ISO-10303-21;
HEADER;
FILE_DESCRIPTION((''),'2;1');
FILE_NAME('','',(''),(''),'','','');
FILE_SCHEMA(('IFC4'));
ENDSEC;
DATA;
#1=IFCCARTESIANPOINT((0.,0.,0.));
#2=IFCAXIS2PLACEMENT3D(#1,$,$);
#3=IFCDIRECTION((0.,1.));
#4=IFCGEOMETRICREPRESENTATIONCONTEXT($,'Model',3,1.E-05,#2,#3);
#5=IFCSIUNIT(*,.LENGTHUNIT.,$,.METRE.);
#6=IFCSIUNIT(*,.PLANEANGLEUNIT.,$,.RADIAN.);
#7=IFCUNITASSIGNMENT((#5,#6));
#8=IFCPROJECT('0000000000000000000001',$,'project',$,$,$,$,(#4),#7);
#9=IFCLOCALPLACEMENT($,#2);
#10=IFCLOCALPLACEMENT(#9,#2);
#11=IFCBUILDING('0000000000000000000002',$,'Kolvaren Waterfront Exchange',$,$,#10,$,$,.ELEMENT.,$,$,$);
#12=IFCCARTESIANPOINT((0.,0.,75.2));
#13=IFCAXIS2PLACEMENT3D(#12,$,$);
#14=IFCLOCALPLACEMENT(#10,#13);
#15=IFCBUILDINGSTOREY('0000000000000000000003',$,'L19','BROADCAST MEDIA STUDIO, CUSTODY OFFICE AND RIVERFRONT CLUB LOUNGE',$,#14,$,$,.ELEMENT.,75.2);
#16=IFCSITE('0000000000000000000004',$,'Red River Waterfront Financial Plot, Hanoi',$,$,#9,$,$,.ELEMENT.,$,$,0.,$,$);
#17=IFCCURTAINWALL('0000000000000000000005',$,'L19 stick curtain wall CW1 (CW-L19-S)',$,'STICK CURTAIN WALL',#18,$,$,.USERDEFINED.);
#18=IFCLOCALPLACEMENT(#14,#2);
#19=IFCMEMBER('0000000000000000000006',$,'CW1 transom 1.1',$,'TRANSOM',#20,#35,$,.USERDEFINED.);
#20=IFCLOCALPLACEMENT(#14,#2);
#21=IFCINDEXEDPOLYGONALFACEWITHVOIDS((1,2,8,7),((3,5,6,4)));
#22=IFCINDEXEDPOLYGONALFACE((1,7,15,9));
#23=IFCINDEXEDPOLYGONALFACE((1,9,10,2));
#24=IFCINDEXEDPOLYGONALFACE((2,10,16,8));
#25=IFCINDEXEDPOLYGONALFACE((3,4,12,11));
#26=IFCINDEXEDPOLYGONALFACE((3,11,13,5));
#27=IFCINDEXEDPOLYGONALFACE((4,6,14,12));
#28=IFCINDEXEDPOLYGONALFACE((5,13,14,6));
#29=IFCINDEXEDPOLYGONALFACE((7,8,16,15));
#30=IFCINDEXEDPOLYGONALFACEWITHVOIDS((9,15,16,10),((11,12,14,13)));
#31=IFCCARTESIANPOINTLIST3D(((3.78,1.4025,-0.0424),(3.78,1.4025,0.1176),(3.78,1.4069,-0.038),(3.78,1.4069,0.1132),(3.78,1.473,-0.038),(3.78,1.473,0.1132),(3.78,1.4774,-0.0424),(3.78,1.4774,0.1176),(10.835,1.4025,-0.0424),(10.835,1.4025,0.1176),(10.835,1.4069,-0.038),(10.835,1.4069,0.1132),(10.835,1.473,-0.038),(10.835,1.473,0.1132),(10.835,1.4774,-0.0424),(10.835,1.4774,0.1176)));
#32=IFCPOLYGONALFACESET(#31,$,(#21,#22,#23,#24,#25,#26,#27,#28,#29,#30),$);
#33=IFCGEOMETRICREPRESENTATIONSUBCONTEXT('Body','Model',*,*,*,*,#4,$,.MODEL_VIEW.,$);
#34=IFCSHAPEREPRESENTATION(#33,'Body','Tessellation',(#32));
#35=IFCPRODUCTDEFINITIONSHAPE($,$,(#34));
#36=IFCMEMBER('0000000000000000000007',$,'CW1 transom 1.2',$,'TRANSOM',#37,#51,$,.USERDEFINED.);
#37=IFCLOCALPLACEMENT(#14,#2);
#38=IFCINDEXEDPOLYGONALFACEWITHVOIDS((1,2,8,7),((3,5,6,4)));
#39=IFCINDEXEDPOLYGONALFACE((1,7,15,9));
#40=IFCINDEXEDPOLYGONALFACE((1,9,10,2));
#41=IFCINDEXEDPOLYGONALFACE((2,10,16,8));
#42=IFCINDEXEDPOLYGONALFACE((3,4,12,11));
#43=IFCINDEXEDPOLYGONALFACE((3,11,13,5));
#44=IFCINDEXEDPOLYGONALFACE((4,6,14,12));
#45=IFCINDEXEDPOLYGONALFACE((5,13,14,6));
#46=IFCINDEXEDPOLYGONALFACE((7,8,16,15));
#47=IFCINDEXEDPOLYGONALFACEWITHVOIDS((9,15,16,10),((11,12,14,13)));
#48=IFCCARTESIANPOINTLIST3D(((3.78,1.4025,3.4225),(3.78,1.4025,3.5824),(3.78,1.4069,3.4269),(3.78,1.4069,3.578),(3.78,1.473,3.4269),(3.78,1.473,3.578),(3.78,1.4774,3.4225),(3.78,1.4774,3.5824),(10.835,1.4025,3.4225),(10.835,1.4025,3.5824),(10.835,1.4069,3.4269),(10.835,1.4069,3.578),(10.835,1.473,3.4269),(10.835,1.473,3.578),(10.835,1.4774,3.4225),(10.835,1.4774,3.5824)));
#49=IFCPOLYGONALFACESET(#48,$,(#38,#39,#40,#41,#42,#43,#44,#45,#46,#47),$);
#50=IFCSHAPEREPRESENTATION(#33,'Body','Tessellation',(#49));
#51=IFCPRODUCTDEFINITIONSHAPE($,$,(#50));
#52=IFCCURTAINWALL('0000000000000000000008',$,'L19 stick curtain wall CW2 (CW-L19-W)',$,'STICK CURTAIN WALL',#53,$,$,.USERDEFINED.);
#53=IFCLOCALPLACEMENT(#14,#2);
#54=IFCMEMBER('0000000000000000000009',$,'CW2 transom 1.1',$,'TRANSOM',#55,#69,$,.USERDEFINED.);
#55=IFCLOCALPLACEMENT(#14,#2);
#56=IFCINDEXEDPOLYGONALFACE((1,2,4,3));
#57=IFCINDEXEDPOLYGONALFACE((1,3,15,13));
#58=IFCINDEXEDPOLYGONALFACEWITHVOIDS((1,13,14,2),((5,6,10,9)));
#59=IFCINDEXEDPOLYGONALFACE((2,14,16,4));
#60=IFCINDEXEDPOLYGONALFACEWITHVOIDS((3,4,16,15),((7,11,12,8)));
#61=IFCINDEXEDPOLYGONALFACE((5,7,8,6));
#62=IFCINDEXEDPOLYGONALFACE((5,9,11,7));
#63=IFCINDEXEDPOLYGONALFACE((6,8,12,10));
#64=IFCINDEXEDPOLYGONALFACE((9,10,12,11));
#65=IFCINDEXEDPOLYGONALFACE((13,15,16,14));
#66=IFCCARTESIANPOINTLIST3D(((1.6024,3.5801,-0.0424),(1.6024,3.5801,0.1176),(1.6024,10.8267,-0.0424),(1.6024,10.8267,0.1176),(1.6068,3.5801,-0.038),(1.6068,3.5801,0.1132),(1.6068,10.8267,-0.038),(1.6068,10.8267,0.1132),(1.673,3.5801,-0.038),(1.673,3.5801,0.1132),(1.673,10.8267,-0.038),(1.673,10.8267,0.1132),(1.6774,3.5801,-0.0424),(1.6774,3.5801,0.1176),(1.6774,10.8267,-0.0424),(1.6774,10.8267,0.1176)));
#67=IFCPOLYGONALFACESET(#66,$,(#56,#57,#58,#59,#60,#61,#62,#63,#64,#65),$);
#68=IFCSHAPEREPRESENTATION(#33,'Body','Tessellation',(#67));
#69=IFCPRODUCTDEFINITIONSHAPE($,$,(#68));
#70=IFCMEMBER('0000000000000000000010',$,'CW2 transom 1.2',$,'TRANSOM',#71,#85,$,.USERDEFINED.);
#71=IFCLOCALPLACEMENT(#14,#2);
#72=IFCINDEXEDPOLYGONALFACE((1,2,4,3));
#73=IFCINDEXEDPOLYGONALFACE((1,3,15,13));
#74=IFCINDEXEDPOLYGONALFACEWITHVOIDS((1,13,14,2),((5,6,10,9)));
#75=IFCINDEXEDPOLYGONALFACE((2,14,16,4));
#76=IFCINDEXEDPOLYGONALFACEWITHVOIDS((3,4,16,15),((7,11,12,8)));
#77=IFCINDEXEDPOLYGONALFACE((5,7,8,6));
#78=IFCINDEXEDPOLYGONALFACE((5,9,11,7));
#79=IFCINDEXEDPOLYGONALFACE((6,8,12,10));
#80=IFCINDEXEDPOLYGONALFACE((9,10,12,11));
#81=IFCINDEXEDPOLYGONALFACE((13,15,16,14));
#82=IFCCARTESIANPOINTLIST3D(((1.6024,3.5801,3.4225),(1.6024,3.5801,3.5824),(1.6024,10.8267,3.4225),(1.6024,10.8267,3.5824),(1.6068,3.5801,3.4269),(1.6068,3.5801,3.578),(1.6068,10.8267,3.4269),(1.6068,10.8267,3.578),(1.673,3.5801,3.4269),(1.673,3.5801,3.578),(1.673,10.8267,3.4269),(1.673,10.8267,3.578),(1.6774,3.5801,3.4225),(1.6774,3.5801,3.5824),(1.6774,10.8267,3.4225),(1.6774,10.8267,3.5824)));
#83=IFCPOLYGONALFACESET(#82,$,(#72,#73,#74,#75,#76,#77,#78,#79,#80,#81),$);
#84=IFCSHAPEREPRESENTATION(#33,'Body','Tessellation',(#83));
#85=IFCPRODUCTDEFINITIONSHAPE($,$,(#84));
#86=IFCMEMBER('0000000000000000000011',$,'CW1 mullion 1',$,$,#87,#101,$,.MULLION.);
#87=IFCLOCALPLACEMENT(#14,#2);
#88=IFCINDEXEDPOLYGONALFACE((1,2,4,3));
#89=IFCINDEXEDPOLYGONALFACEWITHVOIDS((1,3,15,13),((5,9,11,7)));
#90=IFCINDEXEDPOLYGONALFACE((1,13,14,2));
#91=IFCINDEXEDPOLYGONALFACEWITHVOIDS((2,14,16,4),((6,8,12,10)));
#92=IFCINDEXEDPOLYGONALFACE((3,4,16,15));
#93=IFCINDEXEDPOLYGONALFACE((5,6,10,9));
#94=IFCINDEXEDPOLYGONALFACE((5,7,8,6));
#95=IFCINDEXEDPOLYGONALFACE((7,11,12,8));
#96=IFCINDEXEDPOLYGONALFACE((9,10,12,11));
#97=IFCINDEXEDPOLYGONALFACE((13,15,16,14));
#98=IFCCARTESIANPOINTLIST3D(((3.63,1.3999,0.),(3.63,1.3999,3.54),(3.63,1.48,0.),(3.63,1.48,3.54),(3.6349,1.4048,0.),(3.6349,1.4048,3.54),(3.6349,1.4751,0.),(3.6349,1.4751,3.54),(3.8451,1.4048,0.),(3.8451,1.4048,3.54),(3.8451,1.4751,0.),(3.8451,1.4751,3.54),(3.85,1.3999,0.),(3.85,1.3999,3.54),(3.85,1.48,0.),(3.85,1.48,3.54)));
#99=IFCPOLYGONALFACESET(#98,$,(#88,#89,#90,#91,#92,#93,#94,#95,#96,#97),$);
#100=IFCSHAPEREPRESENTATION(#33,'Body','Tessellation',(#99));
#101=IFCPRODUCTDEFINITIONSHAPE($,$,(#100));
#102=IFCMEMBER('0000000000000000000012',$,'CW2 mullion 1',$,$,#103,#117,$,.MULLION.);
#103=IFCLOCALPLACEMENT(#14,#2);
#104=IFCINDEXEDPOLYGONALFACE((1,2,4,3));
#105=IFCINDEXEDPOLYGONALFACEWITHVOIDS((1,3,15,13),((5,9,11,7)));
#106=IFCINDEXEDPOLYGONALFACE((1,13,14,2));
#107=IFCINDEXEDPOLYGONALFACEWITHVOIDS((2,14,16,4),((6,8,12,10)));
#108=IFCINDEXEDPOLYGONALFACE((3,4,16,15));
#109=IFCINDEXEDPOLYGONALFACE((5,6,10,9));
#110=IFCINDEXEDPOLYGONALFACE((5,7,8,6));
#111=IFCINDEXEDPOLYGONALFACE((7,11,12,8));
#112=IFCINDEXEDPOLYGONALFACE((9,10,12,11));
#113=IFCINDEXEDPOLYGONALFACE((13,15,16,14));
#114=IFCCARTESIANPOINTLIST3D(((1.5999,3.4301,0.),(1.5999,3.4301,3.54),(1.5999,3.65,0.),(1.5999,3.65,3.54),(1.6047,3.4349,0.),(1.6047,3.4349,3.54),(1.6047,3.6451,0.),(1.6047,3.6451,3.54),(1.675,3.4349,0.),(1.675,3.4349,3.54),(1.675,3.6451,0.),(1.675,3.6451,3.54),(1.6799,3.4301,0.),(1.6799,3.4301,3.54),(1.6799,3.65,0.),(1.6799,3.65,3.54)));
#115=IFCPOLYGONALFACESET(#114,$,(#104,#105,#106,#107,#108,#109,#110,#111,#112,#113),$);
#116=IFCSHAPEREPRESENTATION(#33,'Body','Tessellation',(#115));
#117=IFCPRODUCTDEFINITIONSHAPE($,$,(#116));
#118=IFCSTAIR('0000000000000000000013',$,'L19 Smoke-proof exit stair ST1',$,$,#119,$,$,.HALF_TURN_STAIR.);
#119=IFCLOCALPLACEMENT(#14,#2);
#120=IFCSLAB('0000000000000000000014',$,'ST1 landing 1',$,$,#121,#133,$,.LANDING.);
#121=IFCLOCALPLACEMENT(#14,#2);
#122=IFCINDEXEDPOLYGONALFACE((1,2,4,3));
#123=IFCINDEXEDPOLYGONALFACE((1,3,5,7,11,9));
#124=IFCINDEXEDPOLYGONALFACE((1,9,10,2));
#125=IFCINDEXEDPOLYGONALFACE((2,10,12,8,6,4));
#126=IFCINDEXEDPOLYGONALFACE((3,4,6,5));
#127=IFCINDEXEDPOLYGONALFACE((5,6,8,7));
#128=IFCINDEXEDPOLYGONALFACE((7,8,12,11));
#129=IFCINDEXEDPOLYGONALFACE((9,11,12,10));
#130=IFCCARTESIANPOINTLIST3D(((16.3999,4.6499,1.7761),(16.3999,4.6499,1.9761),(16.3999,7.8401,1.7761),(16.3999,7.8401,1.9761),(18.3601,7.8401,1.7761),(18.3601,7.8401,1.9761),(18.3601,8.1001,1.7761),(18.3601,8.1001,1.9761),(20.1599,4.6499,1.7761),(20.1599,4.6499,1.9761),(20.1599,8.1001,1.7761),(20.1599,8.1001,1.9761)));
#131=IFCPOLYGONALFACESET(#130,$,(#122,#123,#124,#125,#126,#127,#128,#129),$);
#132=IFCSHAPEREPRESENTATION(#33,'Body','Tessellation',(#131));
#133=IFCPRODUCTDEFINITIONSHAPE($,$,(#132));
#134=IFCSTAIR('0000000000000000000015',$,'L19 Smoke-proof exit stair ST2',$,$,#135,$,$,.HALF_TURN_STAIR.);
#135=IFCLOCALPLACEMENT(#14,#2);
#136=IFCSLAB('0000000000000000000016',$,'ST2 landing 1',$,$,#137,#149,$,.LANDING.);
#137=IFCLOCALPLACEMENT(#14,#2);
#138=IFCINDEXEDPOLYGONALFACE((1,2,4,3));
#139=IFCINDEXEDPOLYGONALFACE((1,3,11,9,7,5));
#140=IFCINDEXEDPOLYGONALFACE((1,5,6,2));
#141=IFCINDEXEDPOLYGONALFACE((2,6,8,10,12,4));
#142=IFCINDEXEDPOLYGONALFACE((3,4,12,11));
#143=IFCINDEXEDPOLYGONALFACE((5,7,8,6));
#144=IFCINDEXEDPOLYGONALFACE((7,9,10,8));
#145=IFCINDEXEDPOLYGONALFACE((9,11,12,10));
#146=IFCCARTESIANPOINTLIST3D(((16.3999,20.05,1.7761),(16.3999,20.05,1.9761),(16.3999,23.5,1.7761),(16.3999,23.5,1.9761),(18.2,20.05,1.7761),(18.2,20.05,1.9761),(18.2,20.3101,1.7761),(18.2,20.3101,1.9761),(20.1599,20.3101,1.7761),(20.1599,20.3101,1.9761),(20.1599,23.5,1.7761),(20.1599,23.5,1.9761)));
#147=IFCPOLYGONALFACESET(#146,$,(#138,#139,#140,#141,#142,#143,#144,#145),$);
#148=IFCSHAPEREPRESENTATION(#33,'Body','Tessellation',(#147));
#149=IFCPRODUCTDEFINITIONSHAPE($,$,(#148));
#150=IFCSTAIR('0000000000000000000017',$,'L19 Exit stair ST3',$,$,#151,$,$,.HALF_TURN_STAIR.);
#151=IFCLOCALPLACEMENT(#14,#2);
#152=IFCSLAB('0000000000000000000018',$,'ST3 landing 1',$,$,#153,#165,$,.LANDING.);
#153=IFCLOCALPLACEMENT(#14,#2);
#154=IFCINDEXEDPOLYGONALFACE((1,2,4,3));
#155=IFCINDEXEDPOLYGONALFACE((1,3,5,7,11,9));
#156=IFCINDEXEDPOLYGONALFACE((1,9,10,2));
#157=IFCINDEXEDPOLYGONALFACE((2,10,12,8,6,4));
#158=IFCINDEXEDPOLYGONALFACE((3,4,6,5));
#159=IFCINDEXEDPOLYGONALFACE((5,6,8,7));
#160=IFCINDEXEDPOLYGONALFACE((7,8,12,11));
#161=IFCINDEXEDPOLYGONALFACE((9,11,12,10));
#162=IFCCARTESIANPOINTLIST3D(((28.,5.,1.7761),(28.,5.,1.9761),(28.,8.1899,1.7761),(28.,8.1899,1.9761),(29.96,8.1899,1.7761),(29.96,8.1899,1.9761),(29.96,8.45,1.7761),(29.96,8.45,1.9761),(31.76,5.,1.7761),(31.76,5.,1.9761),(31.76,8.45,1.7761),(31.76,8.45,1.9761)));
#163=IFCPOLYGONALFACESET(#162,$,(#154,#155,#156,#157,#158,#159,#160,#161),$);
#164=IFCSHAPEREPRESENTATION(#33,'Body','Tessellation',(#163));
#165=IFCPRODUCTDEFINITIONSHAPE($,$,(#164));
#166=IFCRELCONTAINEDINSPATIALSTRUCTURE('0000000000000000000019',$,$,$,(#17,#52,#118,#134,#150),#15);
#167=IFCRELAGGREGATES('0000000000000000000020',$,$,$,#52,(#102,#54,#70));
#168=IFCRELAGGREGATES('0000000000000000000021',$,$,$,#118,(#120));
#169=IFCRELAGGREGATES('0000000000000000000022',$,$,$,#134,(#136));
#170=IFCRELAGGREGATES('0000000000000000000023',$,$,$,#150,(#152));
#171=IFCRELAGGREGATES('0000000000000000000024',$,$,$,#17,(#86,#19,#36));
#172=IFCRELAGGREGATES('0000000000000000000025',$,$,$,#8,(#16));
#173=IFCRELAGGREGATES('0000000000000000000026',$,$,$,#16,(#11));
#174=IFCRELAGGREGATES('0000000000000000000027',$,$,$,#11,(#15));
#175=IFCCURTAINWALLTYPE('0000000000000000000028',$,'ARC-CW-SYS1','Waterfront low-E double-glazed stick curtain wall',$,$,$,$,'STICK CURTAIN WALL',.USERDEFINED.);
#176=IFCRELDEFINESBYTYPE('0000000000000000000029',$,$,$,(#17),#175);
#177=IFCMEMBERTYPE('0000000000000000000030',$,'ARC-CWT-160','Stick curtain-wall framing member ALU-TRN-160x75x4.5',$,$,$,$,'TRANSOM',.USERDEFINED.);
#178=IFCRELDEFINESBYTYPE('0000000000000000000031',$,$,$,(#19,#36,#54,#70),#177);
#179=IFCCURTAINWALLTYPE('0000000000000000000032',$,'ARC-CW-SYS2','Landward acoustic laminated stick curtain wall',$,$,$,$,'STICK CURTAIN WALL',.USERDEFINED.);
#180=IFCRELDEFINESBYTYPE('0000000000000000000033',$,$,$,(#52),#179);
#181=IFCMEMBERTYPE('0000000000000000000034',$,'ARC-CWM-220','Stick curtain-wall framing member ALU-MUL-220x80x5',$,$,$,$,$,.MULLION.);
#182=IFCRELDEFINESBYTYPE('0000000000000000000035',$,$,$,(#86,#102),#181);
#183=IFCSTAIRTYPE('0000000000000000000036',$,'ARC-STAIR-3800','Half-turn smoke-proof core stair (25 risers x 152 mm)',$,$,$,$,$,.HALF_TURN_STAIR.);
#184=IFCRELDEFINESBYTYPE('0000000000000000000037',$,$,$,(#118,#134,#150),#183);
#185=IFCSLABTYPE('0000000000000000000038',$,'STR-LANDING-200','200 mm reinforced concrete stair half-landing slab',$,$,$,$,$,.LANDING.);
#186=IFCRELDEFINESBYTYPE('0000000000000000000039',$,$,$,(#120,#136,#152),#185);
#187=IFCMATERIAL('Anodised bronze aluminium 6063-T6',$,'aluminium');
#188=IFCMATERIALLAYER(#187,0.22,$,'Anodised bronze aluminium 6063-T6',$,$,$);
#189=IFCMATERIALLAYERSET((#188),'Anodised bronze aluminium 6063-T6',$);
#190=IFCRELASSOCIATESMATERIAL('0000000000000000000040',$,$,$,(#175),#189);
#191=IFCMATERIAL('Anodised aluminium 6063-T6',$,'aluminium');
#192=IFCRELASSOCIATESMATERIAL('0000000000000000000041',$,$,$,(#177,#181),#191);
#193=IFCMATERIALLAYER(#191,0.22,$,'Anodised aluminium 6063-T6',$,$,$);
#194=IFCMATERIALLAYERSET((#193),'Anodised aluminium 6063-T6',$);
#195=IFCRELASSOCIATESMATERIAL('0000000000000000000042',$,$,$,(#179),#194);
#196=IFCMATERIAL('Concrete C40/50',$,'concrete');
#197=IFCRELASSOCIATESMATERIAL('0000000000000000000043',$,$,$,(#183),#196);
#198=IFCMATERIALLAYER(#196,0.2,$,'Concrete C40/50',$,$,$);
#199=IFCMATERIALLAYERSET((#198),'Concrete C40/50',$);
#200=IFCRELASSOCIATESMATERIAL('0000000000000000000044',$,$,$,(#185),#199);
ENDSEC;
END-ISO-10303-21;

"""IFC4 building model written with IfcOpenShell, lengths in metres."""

from ifc_helpers import new_model, si_unit, direction, frame, origin, origin_with_axes, origin_2d, place, context, subcontext, project, spatial, polyline, hollow_rectangle, outline, extrude, source, transform, mapped, material, layer, layer_set, material_profile, profile_set, type_object, element, aggregate, save


model = new_model("IFC4")

# Units and contexts
model_context = context("Model", 3, precision=1e-05, world=origin(), true_north=direction((0.0, 1.0)))
body_context = subcontext(model_context, "Body", "Model", "MODEL_VIEW")
ifc_project = project(units=[si_unit("LENGTHUNIT", "METRE"), si_unit("PLANEANGLEUNIT", "RADIAN")], contexts=[model_context])

# Site, building, storey
site_placement = place(None, origin())
site = spatial("IfcSite", under=ifc_project, at=site_placement, Name="Red River Waterfront Financial Plot, Hanoi", CompositionType="ELEMENT", RefElevation=0.0)
building_placement = place(site_placement, origin())
building = spatial("IfcBuilding", under=site, at=building_placement, Name="Kolvaren Waterfront Exchange", CompositionType="ELEMENT")
storey_placement = place(building_placement, frame((0.0, 0.0, 75.2)))
storey = spatial("IfcBuildingStorey", under=building, at=storey_placement, Name="L19", Description="BROADCAST MEDIA STUDIO, CUSTODY OFFICE AND RIVERFRONT CLUB LOUNGE", CompositionType="ELEMENT", Elevation=75.2)

# Curtain walls, members
ifc_material_1 = material(Name="Anodised bronze aluminium 6063-T6", Category="aluminium")
ifc_layer_1 = layer(ifc_material_1, 0.22, Name="Anodised bronze aluminium 6063-T6")
ifc_layer_set_1 = layer_set([ifc_layer_1], Name="Anodised bronze aluminium 6063-T6")
curtain_wall_type_1 = type_object("IfcCurtainWallType", Name="ARC-CW-SYS1", Description="Waterfront low-E double-glazed stick curtain wall", ElementType="STICK CURTAIN WALL", PredefinedType="USERDEFINED", material=ifc_layer_set_1)
curtain_wall_1_placement = place(storey_placement, origin())
curtain_wall_1 = element("IfcCurtainWall", 1, at=curtain_wall_1_placement, inside=storey, type_object=curtain_wall_type_1, Name="L19 stick curtain wall CW1 (CW-L19-S)", ObjectType="STICK CURTAIN WALL", PredefinedType="USERDEFINED")
ifc_material_2 = material(Name="Anodised aluminium 6063-T6", Category="aluminium")
ifc_material_profile_1 = material_profile(ifc_material_2, hollow_rectangle(XDim=0.075, YDim=0.1599, WallThickness=0.0044, at=origin_2d()), Name="ALU-TRN-160x75x4.5")
ifc_profile_set_1 = profile_set([ifc_material_profile_1], Name="Anodised aluminium 6063-T6")
member_type_1 = type_object("IfcMemberType", Name="ARC-CWT-160", Description="Stick curtain-wall framing member ALU-TRN-160x75x4.5", ElementType="TRANSOM", PredefinedType="USERDEFINED", material=ifc_profile_set_1)
shared_shape_1 = source(origin_with_axes(), body_context, "Body", "SweptSolid", [
    extrude(hollow_rectangle(XDim=0.075, YDim=0.1599, WallThickness=0.0044, at=origin_2d()), origin(), (0.0, 0.0, 1.0), 7.0549),
])
member_1_placement = place(storey_placement, frame((3.78, 1.4399, 0.0376), z_axis=(1.0, 0.0, 0.0), x_axis=(0.0, 1.0, 0.0)))
member_1 = element("IfcMember", 2, at=member_1_placement, type_object=member_type_1, Name="CW1 transom 1.1", ObjectType="TRANSOM", PredefinedType="USERDEFINED", context=body_context, shape_type="MappedRepresentation", body=[
    mapped(shared_shape_1, transform((0.0, 0.0, 0.0), x_axis=(1.0, 0.0, 0.0), y_axis=(0.0, 1.0, 0.0), z_axis=(0.0, 0.0, 1.0), scale=1.0)),
])
member_2_placement = place(storey_placement, frame((3.78, 1.4399, 3.5024), z_axis=(1.0, 0.0, 0.0), x_axis=(0.0, 1.0, 0.0)))
member_2 = element("IfcMember", 3, at=member_2_placement, type_object=member_type_1, Name="CW1 transom 1.2", ObjectType="TRANSOM", PredefinedType="USERDEFINED", context=body_context, shape_type="MappedRepresentation", body=[
    mapped(shared_shape_1, transform((0.0, 0.0, 0.0), x_axis=(1.0, 0.0, 0.0), y_axis=(0.0, 1.0, 0.0), z_axis=(0.0, 0.0, 1.0), scale=1.0)),
])
ifc_layer_2 = layer(ifc_material_2, 0.22, Name="Anodised aluminium 6063-T6")
ifc_layer_set_2 = layer_set([ifc_layer_2], Name="Anodised aluminium 6063-T6")
curtain_wall_type_2 = type_object("IfcCurtainWallType", Name="ARC-CW-SYS2", Description="Landward acoustic laminated stick curtain wall", ElementType="STICK CURTAIN WALL", PredefinedType="USERDEFINED", material=ifc_layer_set_2)
curtain_wall_2_placement = place(storey_placement, origin())
curtain_wall_2 = element("IfcCurtainWall", 4, at=curtain_wall_2_placement, inside=storey, type_object=curtain_wall_type_2, Name="L19 stick curtain wall CW2 (CW-L19-W)", ObjectType="STICK CURTAIN WALL", PredefinedType="USERDEFINED")
shared_shape_2 = source(origin_with_axes(), body_context, "Body", "SweptSolid", [
    extrude(hollow_rectangle(XDim=0.075, YDim=0.1599, WallThickness=0.0044, at=origin_2d()), origin(), (0.0, 0.0, 1.0), 7.2466),
])
member_3_placement = place(storey_placement, frame((1.6399, 3.5801, 0.0376), z_axis=(0.0, 1.0, 0.0), x_axis=(-1.0, 0.0, 0.0)))
member_3 = element("IfcMember", 5, at=member_3_placement, type_object=member_type_1, Name="CW2 transom 1.1", ObjectType="TRANSOM", PredefinedType="USERDEFINED", context=body_context, shape_type="MappedRepresentation", body=[
    mapped(shared_shape_2, transform((0.0, 0.0, 0.0), x_axis=(1.0, 0.0, 0.0), y_axis=(0.0, 1.0, 0.0), z_axis=(0.0, 0.0, 1.0), scale=1.0)),
])
member_4_placement = place(storey_placement, frame((1.6399, 3.5801, 3.5024), z_axis=(0.0, 1.0, 0.0), x_axis=(-1.0, 0.0, 0.0)))
member_4 = element("IfcMember", 6, at=member_4_placement, type_object=member_type_1, Name="CW2 transom 1.2", ObjectType="TRANSOM", PredefinedType="USERDEFINED", context=body_context, shape_type="MappedRepresentation", body=[
    mapped(shared_shape_2, transform((0.0, 0.0, 0.0), x_axis=(1.0, 0.0, 0.0), y_axis=(0.0, 1.0, 0.0), z_axis=(0.0, 0.0, 1.0), scale=1.0)),
])

# Members
ifc_material_profile_2 = material_profile(ifc_material_2, hollow_rectangle(XDim=0.0801, YDim=0.22, WallThickness=0.0049, at=origin_2d()), Name="ALU-MUL-220x80x5")
ifc_profile_set_2 = profile_set([ifc_material_profile_2], Name="Anodised aluminium 6063-T6")
member_type_2 = type_object("IfcMemberType", Name="ARC-CWM-220", Description="Stick curtain-wall framing member ALU-MUL-220x80x5", PredefinedType="MULLION", material=ifc_profile_set_2)
shared_shape_3 = source(origin_with_axes(), body_context, "Body", "SweptSolid", [
    extrude(hollow_rectangle(XDim=0.0801, YDim=0.22, WallThickness=0.0049, at=origin_2d()), origin(), (0.0, 0.0, 1.0), 3.54),
])
member_5_placement = place(storey_placement, frame((3.74, 1.4399, 0.0), z_axis=(0.0, 0.0, 1.0), x_axis=(0.0, 1.0, 0.0)))
member_5 = element("IfcMember", 7, at=member_5_placement, type_object=member_type_2, Name="CW1 mullion 1", PredefinedType="MULLION", context=body_context, shape_type="MappedRepresentation", body=[
    mapped(shared_shape_3, transform((0.0, 0.0, 0.0), x_axis=(1.0, 0.0, 0.0), y_axis=(0.0, 1.0, 0.0), z_axis=(0.0, 0.0, 1.0), scale=1.0)),
])
member_6_placement = place(storey_placement, frame((1.6399, 3.54, 0.0), z_axis=(0.0, 0.0, 1.0), x_axis=(-1.0, 0.0, 0.0)))
member_6 = element("IfcMember", 8, at=member_6_placement, type_object=member_type_2, Name="CW2 mullion 1", PredefinedType="MULLION", context=body_context, shape_type="MappedRepresentation", body=[
    mapped(shared_shape_3, transform((0.0, 0.0, 0.0), x_axis=(1.0, 0.0, 0.0), y_axis=(0.0, 1.0, 0.0), z_axis=(0.0, 0.0, 1.0), scale=1.0)),
])
aggregate(curtain_wall_2, [member_6, member_3, member_4])

# Stairs, slabs
ifc_material_3 = material(Name="Concrete C40/50", Category="concrete")
stair_type = type_object("IfcStairType", Name="ARC-STAIR-3800", Description="Half-turn smoke-proof core stair (25 risers x 152 mm)", PredefinedType="HALF_TURN_STAIR", material=ifc_material_3)
stair_1_placement = place(storey_placement, origin())
stair_1 = element("IfcStair", 9, at=stair_1_placement, inside=storey, type_object=stair_type, Name="L19 Smoke-proof exit stair ST1", PredefinedType="HALF_TURN_STAIR")
ifc_layer_3 = layer(ifc_material_3, 0.2, Name="Concrete C40/50")
ifc_layer_set_3 = layer_set([ifc_layer_3], Name="Concrete C40/50")
slab_type_1 = type_object("IfcSlabType", Name="STR-LANDING-200", Description="200 mm reinforced concrete stair half-landing slab", PredefinedType="LANDING", material=ifc_layer_set_3)
slab_1_placement = place(storey_placement, frame((0.0, 0.0, 1.7761)))
slab_1 = element("IfcSlab", 10, at=slab_1_placement, type_object=slab_type_1, Name="ST1 landing 1", PredefinedType="LANDING", context=body_context, shape_type="SweptSolid", body=[
    extrude(outline(polyline([(16.3999, 7.8401), (16.3999, 4.6499), (20.1599, 4.6499), (20.1599, 8.1001), (18.3601, 8.1001), (18.3601, 7.8401), (16.3999, 7.8401)])), origin(), (0.0, 0.0, 1.0), 0.2),
])
aggregate(stair_1, [slab_1])
stair_2_placement = place(storey_placement, origin())
stair_2 = element("IfcStair", 11, at=stair_2_placement, inside=storey, type_object=stair_type, Name="L19 Smoke-proof exit stair ST2", PredefinedType="HALF_TURN_STAIR")
slab_2_placement = place(storey_placement, frame((0.0, 0.0, 1.7761)))
slab_2 = element("IfcSlab", 12, at=slab_2_placement, type_object=slab_type_1, Name="ST2 landing 1", PredefinedType="LANDING", context=body_context, shape_type="SweptSolid", body=[
    extrude(outline(polyline([(20.1599, 20.3101), (20.1599, 23.5), (16.3999, 23.5), (16.3999, 20.05), (18.2, 20.05), (18.2, 20.3101), (20.1599, 20.3101)])), origin(), (0.0, 0.0, 1.0), 0.2),
])
aggregate(stair_2, [slab_2])
stair_3_placement = place(storey_placement, origin())
stair_3 = element("IfcStair", 13, at=stair_3_placement, inside=storey, type_object=stair_type, Name="L19 Exit stair ST3", PredefinedType="HALF_TURN_STAIR")
slab_3_placement = place(storey_placement, frame((0.0, 0.0, 1.7761)))
slab_3 = element("IfcSlab", 14, at=slab_3_placement, type_object=slab_type_1, Name="ST3 landing 1", PredefinedType="LANDING", context=body_context, shape_type="SweptSolid", body=[
    extrude(outline(polyline([(28.0, 8.1899), (28.0, 5.0), (31.76, 5.0), (31.76, 8.45), (29.96, 8.45), (29.96, 8.1899), (28.0, 8.1899)])), origin(), (0.0, 0.0, 1.0), 0.2),
])
aggregate(stair_3, [slab_3])

aggregate(curtain_wall_1, [member_5, member_1, member_2])

save(model, "model.ifc")
